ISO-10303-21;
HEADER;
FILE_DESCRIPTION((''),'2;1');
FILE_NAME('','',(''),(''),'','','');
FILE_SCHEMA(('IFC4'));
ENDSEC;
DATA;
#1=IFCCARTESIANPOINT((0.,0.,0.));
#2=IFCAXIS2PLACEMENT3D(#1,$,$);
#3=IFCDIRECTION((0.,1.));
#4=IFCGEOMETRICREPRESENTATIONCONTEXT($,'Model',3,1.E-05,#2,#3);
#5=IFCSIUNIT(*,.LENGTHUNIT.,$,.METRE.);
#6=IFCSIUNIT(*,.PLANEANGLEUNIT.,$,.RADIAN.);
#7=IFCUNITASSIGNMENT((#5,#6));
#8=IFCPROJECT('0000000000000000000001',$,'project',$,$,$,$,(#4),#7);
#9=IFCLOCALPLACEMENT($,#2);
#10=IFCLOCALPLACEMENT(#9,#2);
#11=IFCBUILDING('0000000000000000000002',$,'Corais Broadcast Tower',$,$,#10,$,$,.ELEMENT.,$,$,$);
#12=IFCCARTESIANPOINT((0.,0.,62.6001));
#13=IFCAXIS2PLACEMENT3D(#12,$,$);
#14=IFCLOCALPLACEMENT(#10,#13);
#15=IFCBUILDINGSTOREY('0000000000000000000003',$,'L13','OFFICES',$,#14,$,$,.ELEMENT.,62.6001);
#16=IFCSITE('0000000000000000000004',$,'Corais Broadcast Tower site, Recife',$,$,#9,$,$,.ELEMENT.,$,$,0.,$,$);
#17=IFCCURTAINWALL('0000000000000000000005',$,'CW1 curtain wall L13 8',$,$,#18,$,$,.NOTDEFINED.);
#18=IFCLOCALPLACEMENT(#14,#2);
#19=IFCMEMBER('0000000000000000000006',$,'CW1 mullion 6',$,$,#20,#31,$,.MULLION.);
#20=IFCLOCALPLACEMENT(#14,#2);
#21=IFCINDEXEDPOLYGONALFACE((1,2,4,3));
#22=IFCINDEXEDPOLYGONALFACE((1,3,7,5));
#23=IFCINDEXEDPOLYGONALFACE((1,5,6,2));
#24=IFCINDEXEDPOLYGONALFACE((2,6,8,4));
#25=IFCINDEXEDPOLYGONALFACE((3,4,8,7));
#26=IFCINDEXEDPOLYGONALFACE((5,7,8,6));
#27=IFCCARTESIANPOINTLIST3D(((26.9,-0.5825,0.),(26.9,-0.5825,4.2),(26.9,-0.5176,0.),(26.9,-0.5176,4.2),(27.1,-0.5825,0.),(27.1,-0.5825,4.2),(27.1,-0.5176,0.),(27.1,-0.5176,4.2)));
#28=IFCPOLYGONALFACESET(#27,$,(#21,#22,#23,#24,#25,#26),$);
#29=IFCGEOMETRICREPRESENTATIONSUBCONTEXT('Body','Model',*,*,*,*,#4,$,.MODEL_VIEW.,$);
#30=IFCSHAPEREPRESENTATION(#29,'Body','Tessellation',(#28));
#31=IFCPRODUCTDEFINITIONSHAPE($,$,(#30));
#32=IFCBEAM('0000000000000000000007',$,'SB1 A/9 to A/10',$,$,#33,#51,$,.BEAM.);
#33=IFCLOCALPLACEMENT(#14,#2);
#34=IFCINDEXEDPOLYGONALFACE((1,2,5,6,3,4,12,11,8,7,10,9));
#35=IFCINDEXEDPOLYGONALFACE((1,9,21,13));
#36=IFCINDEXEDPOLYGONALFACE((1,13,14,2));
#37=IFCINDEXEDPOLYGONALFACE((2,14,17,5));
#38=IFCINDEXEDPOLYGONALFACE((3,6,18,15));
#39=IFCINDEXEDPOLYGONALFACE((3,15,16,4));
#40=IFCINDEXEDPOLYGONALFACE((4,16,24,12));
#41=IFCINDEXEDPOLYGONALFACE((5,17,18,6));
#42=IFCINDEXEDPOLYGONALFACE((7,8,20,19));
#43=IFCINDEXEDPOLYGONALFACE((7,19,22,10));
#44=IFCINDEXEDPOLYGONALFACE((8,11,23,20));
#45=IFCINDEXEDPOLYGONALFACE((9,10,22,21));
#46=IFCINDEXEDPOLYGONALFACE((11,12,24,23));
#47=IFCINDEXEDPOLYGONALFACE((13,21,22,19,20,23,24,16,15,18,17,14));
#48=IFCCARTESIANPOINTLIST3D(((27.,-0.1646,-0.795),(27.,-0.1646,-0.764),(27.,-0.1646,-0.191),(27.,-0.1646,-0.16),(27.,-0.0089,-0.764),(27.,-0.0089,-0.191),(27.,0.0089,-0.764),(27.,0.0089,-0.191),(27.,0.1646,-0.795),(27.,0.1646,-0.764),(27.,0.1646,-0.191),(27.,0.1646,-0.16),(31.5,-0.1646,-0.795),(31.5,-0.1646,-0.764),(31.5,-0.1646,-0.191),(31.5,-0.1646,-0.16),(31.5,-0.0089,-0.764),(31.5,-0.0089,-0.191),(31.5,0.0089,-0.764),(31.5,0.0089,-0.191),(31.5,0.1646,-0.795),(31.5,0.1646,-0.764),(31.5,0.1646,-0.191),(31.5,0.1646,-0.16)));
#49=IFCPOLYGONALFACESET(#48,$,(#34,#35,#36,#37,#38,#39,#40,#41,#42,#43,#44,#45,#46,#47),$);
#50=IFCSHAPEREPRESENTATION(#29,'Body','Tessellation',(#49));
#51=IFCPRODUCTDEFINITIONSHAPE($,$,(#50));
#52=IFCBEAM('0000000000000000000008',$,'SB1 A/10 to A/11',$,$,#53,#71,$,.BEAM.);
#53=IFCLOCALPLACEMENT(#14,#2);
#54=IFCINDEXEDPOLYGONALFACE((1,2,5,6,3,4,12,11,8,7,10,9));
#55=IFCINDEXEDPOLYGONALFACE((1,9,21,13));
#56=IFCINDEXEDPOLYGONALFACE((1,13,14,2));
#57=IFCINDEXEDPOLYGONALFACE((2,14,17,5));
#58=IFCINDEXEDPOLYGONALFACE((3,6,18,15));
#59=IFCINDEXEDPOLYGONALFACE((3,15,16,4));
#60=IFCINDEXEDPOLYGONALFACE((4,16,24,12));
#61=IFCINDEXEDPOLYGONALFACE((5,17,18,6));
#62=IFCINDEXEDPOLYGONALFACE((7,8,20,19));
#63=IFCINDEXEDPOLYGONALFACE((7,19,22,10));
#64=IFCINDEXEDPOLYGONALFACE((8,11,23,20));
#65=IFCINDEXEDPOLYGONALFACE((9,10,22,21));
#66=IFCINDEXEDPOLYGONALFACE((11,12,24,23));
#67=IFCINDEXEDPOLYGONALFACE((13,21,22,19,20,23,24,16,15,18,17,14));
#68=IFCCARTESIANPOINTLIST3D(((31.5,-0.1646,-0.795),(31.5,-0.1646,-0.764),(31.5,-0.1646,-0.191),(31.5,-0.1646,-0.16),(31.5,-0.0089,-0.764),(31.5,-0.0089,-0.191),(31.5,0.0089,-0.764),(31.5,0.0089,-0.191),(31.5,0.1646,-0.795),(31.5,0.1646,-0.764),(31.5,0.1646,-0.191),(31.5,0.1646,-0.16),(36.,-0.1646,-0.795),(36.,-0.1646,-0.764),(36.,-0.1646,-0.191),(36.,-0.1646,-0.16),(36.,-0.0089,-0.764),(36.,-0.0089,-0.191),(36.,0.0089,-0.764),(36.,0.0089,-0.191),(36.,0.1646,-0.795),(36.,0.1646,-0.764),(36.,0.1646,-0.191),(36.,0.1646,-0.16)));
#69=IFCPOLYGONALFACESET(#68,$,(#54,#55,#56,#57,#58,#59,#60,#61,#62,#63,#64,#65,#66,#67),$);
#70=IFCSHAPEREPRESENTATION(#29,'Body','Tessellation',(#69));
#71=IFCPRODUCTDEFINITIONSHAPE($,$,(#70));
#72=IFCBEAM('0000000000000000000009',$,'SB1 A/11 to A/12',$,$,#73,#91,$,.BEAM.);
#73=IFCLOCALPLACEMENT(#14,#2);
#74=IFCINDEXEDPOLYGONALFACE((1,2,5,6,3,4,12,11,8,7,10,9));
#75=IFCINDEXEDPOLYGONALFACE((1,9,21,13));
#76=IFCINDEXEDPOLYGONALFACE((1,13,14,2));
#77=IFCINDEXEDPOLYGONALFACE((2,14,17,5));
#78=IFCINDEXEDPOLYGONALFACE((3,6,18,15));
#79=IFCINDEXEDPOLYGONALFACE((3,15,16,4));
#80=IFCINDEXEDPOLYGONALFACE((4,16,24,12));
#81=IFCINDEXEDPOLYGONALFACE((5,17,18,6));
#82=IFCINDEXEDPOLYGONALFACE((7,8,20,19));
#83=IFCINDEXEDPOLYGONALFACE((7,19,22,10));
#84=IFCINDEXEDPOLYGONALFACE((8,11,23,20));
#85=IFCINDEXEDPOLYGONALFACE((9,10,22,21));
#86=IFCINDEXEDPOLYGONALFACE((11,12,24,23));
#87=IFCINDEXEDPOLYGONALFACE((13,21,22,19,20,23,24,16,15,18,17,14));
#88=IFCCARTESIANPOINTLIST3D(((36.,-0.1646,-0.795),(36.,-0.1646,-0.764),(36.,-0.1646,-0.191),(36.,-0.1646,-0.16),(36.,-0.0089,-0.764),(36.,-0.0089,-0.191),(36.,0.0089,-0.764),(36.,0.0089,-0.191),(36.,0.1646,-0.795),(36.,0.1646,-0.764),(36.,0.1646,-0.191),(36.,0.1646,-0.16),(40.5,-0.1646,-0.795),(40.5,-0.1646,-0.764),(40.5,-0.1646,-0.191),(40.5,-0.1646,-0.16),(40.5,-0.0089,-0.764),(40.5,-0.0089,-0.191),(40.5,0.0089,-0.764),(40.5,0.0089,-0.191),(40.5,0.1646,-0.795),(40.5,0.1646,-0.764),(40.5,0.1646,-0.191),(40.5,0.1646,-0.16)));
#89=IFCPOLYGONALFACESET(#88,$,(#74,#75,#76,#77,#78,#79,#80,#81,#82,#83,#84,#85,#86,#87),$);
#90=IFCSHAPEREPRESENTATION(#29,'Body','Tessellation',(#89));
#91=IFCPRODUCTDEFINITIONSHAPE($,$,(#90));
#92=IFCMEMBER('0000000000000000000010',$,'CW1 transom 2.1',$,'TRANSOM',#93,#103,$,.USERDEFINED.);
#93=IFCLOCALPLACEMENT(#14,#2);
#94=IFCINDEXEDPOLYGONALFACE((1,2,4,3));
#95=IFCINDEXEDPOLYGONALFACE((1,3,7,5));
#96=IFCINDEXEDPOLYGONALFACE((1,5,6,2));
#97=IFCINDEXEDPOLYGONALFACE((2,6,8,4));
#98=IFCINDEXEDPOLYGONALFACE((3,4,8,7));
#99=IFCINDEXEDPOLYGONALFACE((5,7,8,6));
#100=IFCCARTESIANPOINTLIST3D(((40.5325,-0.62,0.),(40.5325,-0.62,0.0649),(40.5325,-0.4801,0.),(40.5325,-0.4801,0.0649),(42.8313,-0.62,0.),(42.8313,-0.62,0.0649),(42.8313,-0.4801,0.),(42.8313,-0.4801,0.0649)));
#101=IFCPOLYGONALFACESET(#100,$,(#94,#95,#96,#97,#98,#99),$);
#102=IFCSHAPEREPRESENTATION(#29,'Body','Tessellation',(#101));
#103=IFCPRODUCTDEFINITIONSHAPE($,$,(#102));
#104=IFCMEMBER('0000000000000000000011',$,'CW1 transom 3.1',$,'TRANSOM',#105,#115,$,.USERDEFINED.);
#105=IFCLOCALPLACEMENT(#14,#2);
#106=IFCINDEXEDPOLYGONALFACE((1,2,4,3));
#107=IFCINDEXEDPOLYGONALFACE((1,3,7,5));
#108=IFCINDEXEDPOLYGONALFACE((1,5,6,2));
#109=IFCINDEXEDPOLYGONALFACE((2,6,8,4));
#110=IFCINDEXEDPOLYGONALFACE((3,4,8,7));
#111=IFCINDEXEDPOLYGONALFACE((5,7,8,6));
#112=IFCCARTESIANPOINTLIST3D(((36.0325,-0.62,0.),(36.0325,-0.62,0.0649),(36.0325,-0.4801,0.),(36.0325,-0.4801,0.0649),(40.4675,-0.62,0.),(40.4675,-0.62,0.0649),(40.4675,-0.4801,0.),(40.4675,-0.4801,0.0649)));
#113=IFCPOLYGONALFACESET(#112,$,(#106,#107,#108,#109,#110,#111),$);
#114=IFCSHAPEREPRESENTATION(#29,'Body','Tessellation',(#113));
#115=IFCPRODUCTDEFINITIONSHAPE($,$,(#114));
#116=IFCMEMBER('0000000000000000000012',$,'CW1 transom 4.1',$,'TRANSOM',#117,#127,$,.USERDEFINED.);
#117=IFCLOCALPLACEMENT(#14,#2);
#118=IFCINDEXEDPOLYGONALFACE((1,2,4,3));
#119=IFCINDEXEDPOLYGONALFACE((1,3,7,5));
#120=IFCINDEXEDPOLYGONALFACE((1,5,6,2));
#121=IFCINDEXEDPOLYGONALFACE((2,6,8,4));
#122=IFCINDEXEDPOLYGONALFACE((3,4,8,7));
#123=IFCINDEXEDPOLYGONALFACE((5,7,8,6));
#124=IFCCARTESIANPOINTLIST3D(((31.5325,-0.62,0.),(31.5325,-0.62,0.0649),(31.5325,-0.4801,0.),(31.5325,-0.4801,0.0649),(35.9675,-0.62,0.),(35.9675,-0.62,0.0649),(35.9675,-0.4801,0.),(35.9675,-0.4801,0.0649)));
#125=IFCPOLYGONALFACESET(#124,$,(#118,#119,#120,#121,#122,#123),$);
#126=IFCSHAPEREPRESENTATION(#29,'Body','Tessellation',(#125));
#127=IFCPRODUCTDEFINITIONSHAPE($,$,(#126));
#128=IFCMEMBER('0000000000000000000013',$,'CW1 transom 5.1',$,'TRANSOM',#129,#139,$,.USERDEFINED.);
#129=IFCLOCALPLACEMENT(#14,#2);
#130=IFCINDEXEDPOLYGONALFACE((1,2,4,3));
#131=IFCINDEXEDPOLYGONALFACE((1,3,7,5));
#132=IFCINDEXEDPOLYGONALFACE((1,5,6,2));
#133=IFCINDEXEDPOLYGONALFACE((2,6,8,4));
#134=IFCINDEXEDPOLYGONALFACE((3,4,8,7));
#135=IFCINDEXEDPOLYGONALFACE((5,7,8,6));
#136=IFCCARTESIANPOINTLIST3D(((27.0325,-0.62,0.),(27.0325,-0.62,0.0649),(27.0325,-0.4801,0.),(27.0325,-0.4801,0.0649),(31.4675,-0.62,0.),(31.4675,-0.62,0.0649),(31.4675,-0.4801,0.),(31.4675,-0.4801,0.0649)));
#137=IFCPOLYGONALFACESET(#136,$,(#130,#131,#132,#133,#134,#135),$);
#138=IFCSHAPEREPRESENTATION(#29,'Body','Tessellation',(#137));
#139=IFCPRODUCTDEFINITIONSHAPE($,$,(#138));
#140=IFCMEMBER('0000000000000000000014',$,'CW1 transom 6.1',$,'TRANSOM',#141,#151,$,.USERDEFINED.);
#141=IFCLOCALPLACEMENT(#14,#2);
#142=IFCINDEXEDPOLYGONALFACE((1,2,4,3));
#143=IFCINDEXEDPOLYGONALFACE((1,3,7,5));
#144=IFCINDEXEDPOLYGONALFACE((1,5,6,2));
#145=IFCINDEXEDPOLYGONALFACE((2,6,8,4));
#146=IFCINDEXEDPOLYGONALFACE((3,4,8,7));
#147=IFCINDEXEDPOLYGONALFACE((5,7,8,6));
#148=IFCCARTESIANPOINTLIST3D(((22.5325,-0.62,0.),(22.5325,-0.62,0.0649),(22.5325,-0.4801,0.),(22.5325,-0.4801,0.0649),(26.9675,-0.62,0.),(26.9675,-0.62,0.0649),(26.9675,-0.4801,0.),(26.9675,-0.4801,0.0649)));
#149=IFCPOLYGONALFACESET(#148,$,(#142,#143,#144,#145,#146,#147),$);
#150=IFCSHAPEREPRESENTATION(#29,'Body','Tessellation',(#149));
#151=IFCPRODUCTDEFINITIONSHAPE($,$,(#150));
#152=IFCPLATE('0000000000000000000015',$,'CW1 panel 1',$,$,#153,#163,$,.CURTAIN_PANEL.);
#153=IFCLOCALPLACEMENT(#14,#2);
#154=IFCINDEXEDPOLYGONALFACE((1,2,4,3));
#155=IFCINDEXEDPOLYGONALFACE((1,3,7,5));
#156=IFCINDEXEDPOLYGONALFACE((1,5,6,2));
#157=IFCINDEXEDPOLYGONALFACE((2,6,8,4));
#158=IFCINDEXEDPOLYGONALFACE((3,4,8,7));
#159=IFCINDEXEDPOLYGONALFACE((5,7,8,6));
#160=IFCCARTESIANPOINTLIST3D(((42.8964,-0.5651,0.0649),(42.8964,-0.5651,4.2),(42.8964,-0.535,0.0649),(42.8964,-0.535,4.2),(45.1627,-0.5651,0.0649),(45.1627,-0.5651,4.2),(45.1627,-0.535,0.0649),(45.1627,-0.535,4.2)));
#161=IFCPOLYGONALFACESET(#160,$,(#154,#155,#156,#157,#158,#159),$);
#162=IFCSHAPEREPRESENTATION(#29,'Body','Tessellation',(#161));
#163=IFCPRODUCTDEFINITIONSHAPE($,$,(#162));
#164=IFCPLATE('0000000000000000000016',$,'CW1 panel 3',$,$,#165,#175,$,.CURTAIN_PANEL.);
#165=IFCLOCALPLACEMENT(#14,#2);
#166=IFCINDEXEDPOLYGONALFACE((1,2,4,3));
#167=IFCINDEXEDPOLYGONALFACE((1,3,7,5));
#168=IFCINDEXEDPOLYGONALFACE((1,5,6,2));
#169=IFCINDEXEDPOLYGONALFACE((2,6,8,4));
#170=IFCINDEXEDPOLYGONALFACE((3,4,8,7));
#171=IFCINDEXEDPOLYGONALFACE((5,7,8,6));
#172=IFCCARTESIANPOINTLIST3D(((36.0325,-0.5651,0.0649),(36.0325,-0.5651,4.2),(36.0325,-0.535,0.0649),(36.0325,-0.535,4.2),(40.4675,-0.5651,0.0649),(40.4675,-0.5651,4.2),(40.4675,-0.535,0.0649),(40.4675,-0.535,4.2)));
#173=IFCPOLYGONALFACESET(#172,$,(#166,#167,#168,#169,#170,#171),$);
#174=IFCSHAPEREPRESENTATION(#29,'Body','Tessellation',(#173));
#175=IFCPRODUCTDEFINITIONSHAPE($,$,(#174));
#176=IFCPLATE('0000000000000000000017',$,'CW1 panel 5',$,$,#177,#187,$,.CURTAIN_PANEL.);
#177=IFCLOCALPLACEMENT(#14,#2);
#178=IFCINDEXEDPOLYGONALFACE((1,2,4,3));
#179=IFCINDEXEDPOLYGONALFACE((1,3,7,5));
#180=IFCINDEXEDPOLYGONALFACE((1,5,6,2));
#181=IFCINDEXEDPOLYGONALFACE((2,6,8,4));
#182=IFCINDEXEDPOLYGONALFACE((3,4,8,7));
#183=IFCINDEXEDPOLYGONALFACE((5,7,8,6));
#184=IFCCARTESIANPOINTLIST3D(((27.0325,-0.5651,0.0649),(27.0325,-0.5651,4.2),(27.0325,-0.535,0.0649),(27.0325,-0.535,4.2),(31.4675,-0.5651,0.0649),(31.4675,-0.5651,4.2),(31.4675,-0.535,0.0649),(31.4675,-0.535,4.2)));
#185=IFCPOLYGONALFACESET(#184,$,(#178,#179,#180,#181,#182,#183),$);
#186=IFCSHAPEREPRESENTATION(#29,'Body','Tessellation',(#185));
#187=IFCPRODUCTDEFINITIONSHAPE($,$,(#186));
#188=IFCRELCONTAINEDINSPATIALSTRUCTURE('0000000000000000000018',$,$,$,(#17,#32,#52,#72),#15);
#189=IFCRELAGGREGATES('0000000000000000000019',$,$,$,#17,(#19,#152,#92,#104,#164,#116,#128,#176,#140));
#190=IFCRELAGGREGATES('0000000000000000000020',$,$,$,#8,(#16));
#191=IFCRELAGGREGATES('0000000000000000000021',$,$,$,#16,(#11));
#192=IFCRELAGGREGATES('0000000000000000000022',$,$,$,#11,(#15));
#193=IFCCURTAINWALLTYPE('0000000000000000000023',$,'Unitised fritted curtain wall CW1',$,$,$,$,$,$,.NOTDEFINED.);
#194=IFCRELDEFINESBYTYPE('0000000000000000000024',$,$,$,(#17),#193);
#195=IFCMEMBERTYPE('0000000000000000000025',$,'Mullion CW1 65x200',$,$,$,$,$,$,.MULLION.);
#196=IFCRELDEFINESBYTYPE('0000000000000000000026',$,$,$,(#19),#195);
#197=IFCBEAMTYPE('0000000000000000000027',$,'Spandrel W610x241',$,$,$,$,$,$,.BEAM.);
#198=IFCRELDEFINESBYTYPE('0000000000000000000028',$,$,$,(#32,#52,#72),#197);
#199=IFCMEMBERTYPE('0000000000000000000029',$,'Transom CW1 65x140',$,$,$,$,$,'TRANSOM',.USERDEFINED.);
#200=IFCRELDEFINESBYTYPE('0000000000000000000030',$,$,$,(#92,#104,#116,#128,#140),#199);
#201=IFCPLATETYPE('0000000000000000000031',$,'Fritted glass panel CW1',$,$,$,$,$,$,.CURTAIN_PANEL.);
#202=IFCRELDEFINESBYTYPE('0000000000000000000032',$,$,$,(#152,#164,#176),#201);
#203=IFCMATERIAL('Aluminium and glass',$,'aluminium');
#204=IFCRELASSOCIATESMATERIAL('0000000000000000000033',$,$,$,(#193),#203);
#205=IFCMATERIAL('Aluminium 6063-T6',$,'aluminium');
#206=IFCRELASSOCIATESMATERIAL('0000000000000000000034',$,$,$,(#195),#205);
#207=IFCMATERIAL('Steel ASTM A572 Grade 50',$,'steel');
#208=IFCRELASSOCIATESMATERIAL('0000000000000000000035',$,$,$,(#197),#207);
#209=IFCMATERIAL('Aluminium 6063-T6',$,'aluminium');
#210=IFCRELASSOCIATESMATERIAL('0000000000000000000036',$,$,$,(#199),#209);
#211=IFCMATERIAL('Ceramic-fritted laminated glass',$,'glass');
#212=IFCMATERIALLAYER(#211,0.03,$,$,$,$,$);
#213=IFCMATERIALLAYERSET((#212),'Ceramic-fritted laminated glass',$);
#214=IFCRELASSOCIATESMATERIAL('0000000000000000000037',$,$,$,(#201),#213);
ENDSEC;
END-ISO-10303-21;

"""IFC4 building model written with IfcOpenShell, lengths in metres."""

from ifc_helpers import new_model, si_unit, direction, frame, origin, origin_2d, place, context, subcontext, project, spatial, rectangle, i_section, extrude, material, layer, layer_set, material_profile, profile_set, type_object, element, aggregate, save


model = new_model("IFC4")

# Units and contexts
model_context = context("Model", 3, precision=1e-05, world=origin(), true_north=direction((0.0, 1.0)))
body_context = subcontext(model_context, "Body", "Model", "MODEL_VIEW")
ifc_project = project(units=[si_unit("LENGTHUNIT", "METRE"), si_unit("PLANEANGLEUNIT", "RADIAN")], contexts=[model_context])

# Site, building, storey
site_placement = place(None, origin())
site = spatial("IfcSite", under=ifc_project, at=site_placement, Name="Corais Broadcast Tower site, Recife", CompositionType="ELEMENT", RefElevation=0.0)
building_placement = place(site_placement, origin())
building = spatial("IfcBuilding", under=site, at=building_placement, Name="Corais Broadcast Tower", CompositionType="ELEMENT")
storey_placement = place(building_placement, frame((0.0, 0.0, 62.6001)))
storey = spatial("IfcBuildingStorey", under=building, at=storey_placement, Name="L13", Description="OFFICES", CompositionType="ELEMENT", Elevation=62.6001)

# Curtain wall, member
ifc_material_1 = material(Name="Aluminium and glass", Category="aluminium")
curtain_wall_type = type_object("IfcCurtainWallType", Name="Unitised fritted curtain wall CW1", PredefinedType="NOTDEFINED", material=ifc_material_1)
curtain_wall_placement = place(storey_placement, origin())
curtain_wall = element("IfcCurtainWall", 1, at=curtain_wall_placement, inside=storey, type_object=curtain_wall_type, Name="CW1 curtain wall L13 8", PredefinedType="NOTDEFINED")
ifc_material_2 = material(Name="Aluminium 6063-T6", Category="aluminium")
ifc_material_profile_1 = material_profile(ifc_material_2, rectangle(XDim=0.0649, YDim=0.2, at=origin_2d()), Name="Mullion CW1 65x200")
ifc_profile_set_1 = profile_set([ifc_material_profile_1], Name="Aluminium 6063-T6")
member_type_1 = type_object("IfcMemberType", Name="Mullion CW1 65x200", PredefinedType="MULLION", material=ifc_profile_set_1)
member_1_placement = place(storey_placement, frame((27.0, -0.55, 0.0), z_axis=(0.0, 0.0, 1.0), x_axis=(0.0, -1.0, 0.0)))
member_1 = element("IfcMember", 2, at=member_1_placement, type_object=member_type_1, Name="CW1 mullion 6", PredefinedType="MULLION", context=body_context, shape_type="SweptSolid", body=[
    extrude(rectangle(XDim=0.0649, YDim=0.2, at=origin_2d()), origin(), (0.0, 0.0, 1.0), 4.2),
])

# Beams
ifc_material_3 = material(Name="Steel ASTM A572 Grade 50", Category="steel")
ifc_material_profile_2 = material_profile(ifc_material_3, i_section(OverallWidth=0.3291, OverallDepth=0.635, WebThickness=0.0178, FlangeThickness=0.031, at=origin_2d()), Name="W610x241")
ifc_profile_set_2 = profile_set([ifc_material_profile_2], Name="Steel ASTM A572 Grade 50")
beam_type_1 = type_object("IfcBeamType", Name="Spandrel W610x241", PredefinedType="BEAM", material=ifc_profile_set_2)
for number, where, z_axis, x_axis, name in (
    (3, (27.0, 0.0, -0.4775), (1.0, 0.0, 0.0), (0.0, 1.0, 0.0), "SB1 A/9 to A/10"),
    (4, (31.5, 0.0, -0.4775), (1.0, 0.0, 0.0), (0.0, 1.0, 0.0), "SB1 A/10 to A/11"),
    (5, (36.0, 0.0, -0.4775), (1.0, 0.0, 0.0), (0.0, 1.0, 0.0), "SB1 A/11 to A/12"),
):
    element("IfcBeam", number, at=place(storey_placement, frame(where, z_axis=z_axis, x_axis=x_axis)), inside=storey, type_object=beam_type_1, Name=name, PredefinedType="BEAM", context=body_context, shape_type="SweptSolid", body=[
        extrude(i_section(OverallWidth=0.3291, OverallDepth=0.635, WebThickness=0.0178, FlangeThickness=0.031, at=origin_2d()), origin(), (0.0, 0.0, 1.0), 4.5),
    ])

# Members
ifc_material_4 = material(Name="Aluminium 6063-T6", Category="aluminium")
ifc_material_profile_3 = material_profile(ifc_material_4, rectangle(XDim=0.1399, YDim=0.0649, at=origin_2d()), Name="Transom CW1 65x140")
ifc_profile_set_3 = profile_set([ifc_material_profile_3], Name="Aluminium 6063-T6")
member_type_2 = type_object("IfcMemberType", Name="Transom CW1 65x140", ElementType="TRANSOM", PredefinedType="USERDEFINED", material=ifc_profile_set_3)
member_2_placement = place(storey_placement, frame((42.8313, -0.55, 0.0325), z_axis=(-1.0, 0.0, 0.0), x_axis=(0.0, -1.0, 0.0)))
member_2 = element("IfcMember", 6, at=member_2_placement, type_object=member_type_2, Name="CW1 transom 2.1", ObjectType="TRANSOM", PredefinedType="USERDEFINED", context=body_context, shape_type="SweptSolid", body=[
    extrude(rectangle(XDim=0.1399, YDim=0.0649, at=origin_2d()), origin(), (0.0, 0.0, 1.0), 2.2988),
])
member_3_placement = place(storey_placement, frame((40.4675, -0.55, 0.0325), z_axis=(-1.0, 0.0, 0.0), x_axis=(0.0, -1.0, 0.0)))
member_3 = element("IfcMember", 7, at=member_3_placement, type_object=member_type_2, Name="CW1 transom 3.1", ObjectType="TRANSOM", PredefinedType="USERDEFINED", context=body_context, shape_type="SweptSolid", body=[
    extrude(rectangle(XDim=0.1399, YDim=0.0649, at=origin_2d()), origin(), (0.0, 0.0, 1.0), 4.4351),
])
member_4_placement = place(storey_placement, frame((35.9675, -0.55, 0.0325), z_axis=(-1.0, 0.0, 0.0), x_axis=(0.0, -1.0, 0.0)))
member_4 = element("IfcMember", 8, at=member_4_placement, type_object=member_type_2, Name="CW1 transom 4.1", ObjectType="TRANSOM", PredefinedType="USERDEFINED", context=body_context, shape_type="SweptSolid", body=[
    extrude(rectangle(XDim=0.1399, YDim=0.0649, at=origin_2d()), origin(), (0.0, 0.0, 1.0), 4.4351),
])
member_5_placement = place(storey_placement, frame((31.4675, -0.55, 0.0325), z_axis=(-1.0, 0.0, 0.0), x_axis=(0.0, -1.0, 0.0)))
member_5 = element("IfcMember", 9, at=member_5_placement, type_object=member_type_2, Name="CW1 transom 5.1", ObjectType="TRANSOM", PredefinedType="USERDEFINED", context=body_context, shape_type="SweptSolid", body=[
    extrude(rectangle(XDim=0.1399, YDim=0.0649, at=origin_2d()), origin(), (0.0, 0.0, 1.0), 4.4351),
])
member_6_placement = place(storey_placement, frame((26.9675, -0.55, 0.0325), z_axis=(-1.0, 0.0, 0.0), x_axis=(0.0, -1.0, 0.0)))
member_6 = element("IfcMember", 10, at=member_6_placement, type_object=member_type_2, Name="CW1 transom 6.1", ObjectType="TRANSOM", PredefinedType="USERDEFINED", context=body_context, shape_type="SweptSolid", body=[
    extrude(rectangle(XDim=0.1399, YDim=0.0649, at=origin_2d()), origin(), (0.0, 0.0, 1.0), 4.4351),
])

# Plates
ifc_material_5 = material(Name="Ceramic-fritted laminated glass", Category="glass")
ifc_layer_1 = layer(ifc_material_5, 0.03)
ifc_layer_set_1 = layer_set([ifc_layer_1], Name="Ceramic-fritted laminated glass")
plate_type_1 = type_object("IfcPlateType", Name="Fritted glass panel CW1", PredefinedType="CURTAIN_PANEL", material=ifc_layer_set_1)
plate_1_placement = place(storey_placement, frame((44.0295, -0.55, 0.0649), z_axis=(0.0, 0.0, 1.0), x_axis=(-1.0, 0.0, 0.0)))
plate_1 = element("IfcPlate", 11, at=plate_1_placement, type_object=plate_type_1, Name="CW1 panel 1", PredefinedType="CURTAIN_PANEL", context=body_context, shape_type="SweptSolid", body=[
    extrude(rectangle(XDim=2.2664, YDim=0.03, at=origin_2d()), origin(), (0.0, 0.0, 1.0), 4.135),
])
plate_2_placement = place(storey_placement, frame((38.25, -0.55, 0.0649), z_axis=(0.0, 0.0, 1.0), x_axis=(-1.0, 0.0, 0.0)))
plate_2 = element("IfcPlate", 12, at=plate_2_placement, type_object=plate_type_1, Name="CW1 panel 3", PredefinedType="CURTAIN_PANEL", context=body_context, shape_type="SweptSolid", body=[
    extrude(rectangle(XDim=4.4351, YDim=0.03, at=origin_2d()), origin(), (0.0, 0.0, 1.0), 4.135),
])
plate_3_placement = place(storey_placement, frame((29.25, -0.55, 0.0649), z_axis=(0.0, 0.0, 1.0), x_axis=(-1.0, 0.0, 0.0)))
plate_3 = element("IfcPlate", 13, at=plate_3_placement, type_object=plate_type_1, Name="CW1 panel 5", PredefinedType="CURTAIN_PANEL", context=body_context, shape_type="SweptSolid", body=[
    extrude(rectangle(XDim=4.4351, YDim=0.03, at=origin_2d()), origin(), (0.0, 0.0, 1.0), 4.135),
])
aggregate(curtain_wall, [member_1, plate_1, member_2, member_3, plate_2, member_4, member_5, plate_3, member_6])

save(model, "model.ifc")
